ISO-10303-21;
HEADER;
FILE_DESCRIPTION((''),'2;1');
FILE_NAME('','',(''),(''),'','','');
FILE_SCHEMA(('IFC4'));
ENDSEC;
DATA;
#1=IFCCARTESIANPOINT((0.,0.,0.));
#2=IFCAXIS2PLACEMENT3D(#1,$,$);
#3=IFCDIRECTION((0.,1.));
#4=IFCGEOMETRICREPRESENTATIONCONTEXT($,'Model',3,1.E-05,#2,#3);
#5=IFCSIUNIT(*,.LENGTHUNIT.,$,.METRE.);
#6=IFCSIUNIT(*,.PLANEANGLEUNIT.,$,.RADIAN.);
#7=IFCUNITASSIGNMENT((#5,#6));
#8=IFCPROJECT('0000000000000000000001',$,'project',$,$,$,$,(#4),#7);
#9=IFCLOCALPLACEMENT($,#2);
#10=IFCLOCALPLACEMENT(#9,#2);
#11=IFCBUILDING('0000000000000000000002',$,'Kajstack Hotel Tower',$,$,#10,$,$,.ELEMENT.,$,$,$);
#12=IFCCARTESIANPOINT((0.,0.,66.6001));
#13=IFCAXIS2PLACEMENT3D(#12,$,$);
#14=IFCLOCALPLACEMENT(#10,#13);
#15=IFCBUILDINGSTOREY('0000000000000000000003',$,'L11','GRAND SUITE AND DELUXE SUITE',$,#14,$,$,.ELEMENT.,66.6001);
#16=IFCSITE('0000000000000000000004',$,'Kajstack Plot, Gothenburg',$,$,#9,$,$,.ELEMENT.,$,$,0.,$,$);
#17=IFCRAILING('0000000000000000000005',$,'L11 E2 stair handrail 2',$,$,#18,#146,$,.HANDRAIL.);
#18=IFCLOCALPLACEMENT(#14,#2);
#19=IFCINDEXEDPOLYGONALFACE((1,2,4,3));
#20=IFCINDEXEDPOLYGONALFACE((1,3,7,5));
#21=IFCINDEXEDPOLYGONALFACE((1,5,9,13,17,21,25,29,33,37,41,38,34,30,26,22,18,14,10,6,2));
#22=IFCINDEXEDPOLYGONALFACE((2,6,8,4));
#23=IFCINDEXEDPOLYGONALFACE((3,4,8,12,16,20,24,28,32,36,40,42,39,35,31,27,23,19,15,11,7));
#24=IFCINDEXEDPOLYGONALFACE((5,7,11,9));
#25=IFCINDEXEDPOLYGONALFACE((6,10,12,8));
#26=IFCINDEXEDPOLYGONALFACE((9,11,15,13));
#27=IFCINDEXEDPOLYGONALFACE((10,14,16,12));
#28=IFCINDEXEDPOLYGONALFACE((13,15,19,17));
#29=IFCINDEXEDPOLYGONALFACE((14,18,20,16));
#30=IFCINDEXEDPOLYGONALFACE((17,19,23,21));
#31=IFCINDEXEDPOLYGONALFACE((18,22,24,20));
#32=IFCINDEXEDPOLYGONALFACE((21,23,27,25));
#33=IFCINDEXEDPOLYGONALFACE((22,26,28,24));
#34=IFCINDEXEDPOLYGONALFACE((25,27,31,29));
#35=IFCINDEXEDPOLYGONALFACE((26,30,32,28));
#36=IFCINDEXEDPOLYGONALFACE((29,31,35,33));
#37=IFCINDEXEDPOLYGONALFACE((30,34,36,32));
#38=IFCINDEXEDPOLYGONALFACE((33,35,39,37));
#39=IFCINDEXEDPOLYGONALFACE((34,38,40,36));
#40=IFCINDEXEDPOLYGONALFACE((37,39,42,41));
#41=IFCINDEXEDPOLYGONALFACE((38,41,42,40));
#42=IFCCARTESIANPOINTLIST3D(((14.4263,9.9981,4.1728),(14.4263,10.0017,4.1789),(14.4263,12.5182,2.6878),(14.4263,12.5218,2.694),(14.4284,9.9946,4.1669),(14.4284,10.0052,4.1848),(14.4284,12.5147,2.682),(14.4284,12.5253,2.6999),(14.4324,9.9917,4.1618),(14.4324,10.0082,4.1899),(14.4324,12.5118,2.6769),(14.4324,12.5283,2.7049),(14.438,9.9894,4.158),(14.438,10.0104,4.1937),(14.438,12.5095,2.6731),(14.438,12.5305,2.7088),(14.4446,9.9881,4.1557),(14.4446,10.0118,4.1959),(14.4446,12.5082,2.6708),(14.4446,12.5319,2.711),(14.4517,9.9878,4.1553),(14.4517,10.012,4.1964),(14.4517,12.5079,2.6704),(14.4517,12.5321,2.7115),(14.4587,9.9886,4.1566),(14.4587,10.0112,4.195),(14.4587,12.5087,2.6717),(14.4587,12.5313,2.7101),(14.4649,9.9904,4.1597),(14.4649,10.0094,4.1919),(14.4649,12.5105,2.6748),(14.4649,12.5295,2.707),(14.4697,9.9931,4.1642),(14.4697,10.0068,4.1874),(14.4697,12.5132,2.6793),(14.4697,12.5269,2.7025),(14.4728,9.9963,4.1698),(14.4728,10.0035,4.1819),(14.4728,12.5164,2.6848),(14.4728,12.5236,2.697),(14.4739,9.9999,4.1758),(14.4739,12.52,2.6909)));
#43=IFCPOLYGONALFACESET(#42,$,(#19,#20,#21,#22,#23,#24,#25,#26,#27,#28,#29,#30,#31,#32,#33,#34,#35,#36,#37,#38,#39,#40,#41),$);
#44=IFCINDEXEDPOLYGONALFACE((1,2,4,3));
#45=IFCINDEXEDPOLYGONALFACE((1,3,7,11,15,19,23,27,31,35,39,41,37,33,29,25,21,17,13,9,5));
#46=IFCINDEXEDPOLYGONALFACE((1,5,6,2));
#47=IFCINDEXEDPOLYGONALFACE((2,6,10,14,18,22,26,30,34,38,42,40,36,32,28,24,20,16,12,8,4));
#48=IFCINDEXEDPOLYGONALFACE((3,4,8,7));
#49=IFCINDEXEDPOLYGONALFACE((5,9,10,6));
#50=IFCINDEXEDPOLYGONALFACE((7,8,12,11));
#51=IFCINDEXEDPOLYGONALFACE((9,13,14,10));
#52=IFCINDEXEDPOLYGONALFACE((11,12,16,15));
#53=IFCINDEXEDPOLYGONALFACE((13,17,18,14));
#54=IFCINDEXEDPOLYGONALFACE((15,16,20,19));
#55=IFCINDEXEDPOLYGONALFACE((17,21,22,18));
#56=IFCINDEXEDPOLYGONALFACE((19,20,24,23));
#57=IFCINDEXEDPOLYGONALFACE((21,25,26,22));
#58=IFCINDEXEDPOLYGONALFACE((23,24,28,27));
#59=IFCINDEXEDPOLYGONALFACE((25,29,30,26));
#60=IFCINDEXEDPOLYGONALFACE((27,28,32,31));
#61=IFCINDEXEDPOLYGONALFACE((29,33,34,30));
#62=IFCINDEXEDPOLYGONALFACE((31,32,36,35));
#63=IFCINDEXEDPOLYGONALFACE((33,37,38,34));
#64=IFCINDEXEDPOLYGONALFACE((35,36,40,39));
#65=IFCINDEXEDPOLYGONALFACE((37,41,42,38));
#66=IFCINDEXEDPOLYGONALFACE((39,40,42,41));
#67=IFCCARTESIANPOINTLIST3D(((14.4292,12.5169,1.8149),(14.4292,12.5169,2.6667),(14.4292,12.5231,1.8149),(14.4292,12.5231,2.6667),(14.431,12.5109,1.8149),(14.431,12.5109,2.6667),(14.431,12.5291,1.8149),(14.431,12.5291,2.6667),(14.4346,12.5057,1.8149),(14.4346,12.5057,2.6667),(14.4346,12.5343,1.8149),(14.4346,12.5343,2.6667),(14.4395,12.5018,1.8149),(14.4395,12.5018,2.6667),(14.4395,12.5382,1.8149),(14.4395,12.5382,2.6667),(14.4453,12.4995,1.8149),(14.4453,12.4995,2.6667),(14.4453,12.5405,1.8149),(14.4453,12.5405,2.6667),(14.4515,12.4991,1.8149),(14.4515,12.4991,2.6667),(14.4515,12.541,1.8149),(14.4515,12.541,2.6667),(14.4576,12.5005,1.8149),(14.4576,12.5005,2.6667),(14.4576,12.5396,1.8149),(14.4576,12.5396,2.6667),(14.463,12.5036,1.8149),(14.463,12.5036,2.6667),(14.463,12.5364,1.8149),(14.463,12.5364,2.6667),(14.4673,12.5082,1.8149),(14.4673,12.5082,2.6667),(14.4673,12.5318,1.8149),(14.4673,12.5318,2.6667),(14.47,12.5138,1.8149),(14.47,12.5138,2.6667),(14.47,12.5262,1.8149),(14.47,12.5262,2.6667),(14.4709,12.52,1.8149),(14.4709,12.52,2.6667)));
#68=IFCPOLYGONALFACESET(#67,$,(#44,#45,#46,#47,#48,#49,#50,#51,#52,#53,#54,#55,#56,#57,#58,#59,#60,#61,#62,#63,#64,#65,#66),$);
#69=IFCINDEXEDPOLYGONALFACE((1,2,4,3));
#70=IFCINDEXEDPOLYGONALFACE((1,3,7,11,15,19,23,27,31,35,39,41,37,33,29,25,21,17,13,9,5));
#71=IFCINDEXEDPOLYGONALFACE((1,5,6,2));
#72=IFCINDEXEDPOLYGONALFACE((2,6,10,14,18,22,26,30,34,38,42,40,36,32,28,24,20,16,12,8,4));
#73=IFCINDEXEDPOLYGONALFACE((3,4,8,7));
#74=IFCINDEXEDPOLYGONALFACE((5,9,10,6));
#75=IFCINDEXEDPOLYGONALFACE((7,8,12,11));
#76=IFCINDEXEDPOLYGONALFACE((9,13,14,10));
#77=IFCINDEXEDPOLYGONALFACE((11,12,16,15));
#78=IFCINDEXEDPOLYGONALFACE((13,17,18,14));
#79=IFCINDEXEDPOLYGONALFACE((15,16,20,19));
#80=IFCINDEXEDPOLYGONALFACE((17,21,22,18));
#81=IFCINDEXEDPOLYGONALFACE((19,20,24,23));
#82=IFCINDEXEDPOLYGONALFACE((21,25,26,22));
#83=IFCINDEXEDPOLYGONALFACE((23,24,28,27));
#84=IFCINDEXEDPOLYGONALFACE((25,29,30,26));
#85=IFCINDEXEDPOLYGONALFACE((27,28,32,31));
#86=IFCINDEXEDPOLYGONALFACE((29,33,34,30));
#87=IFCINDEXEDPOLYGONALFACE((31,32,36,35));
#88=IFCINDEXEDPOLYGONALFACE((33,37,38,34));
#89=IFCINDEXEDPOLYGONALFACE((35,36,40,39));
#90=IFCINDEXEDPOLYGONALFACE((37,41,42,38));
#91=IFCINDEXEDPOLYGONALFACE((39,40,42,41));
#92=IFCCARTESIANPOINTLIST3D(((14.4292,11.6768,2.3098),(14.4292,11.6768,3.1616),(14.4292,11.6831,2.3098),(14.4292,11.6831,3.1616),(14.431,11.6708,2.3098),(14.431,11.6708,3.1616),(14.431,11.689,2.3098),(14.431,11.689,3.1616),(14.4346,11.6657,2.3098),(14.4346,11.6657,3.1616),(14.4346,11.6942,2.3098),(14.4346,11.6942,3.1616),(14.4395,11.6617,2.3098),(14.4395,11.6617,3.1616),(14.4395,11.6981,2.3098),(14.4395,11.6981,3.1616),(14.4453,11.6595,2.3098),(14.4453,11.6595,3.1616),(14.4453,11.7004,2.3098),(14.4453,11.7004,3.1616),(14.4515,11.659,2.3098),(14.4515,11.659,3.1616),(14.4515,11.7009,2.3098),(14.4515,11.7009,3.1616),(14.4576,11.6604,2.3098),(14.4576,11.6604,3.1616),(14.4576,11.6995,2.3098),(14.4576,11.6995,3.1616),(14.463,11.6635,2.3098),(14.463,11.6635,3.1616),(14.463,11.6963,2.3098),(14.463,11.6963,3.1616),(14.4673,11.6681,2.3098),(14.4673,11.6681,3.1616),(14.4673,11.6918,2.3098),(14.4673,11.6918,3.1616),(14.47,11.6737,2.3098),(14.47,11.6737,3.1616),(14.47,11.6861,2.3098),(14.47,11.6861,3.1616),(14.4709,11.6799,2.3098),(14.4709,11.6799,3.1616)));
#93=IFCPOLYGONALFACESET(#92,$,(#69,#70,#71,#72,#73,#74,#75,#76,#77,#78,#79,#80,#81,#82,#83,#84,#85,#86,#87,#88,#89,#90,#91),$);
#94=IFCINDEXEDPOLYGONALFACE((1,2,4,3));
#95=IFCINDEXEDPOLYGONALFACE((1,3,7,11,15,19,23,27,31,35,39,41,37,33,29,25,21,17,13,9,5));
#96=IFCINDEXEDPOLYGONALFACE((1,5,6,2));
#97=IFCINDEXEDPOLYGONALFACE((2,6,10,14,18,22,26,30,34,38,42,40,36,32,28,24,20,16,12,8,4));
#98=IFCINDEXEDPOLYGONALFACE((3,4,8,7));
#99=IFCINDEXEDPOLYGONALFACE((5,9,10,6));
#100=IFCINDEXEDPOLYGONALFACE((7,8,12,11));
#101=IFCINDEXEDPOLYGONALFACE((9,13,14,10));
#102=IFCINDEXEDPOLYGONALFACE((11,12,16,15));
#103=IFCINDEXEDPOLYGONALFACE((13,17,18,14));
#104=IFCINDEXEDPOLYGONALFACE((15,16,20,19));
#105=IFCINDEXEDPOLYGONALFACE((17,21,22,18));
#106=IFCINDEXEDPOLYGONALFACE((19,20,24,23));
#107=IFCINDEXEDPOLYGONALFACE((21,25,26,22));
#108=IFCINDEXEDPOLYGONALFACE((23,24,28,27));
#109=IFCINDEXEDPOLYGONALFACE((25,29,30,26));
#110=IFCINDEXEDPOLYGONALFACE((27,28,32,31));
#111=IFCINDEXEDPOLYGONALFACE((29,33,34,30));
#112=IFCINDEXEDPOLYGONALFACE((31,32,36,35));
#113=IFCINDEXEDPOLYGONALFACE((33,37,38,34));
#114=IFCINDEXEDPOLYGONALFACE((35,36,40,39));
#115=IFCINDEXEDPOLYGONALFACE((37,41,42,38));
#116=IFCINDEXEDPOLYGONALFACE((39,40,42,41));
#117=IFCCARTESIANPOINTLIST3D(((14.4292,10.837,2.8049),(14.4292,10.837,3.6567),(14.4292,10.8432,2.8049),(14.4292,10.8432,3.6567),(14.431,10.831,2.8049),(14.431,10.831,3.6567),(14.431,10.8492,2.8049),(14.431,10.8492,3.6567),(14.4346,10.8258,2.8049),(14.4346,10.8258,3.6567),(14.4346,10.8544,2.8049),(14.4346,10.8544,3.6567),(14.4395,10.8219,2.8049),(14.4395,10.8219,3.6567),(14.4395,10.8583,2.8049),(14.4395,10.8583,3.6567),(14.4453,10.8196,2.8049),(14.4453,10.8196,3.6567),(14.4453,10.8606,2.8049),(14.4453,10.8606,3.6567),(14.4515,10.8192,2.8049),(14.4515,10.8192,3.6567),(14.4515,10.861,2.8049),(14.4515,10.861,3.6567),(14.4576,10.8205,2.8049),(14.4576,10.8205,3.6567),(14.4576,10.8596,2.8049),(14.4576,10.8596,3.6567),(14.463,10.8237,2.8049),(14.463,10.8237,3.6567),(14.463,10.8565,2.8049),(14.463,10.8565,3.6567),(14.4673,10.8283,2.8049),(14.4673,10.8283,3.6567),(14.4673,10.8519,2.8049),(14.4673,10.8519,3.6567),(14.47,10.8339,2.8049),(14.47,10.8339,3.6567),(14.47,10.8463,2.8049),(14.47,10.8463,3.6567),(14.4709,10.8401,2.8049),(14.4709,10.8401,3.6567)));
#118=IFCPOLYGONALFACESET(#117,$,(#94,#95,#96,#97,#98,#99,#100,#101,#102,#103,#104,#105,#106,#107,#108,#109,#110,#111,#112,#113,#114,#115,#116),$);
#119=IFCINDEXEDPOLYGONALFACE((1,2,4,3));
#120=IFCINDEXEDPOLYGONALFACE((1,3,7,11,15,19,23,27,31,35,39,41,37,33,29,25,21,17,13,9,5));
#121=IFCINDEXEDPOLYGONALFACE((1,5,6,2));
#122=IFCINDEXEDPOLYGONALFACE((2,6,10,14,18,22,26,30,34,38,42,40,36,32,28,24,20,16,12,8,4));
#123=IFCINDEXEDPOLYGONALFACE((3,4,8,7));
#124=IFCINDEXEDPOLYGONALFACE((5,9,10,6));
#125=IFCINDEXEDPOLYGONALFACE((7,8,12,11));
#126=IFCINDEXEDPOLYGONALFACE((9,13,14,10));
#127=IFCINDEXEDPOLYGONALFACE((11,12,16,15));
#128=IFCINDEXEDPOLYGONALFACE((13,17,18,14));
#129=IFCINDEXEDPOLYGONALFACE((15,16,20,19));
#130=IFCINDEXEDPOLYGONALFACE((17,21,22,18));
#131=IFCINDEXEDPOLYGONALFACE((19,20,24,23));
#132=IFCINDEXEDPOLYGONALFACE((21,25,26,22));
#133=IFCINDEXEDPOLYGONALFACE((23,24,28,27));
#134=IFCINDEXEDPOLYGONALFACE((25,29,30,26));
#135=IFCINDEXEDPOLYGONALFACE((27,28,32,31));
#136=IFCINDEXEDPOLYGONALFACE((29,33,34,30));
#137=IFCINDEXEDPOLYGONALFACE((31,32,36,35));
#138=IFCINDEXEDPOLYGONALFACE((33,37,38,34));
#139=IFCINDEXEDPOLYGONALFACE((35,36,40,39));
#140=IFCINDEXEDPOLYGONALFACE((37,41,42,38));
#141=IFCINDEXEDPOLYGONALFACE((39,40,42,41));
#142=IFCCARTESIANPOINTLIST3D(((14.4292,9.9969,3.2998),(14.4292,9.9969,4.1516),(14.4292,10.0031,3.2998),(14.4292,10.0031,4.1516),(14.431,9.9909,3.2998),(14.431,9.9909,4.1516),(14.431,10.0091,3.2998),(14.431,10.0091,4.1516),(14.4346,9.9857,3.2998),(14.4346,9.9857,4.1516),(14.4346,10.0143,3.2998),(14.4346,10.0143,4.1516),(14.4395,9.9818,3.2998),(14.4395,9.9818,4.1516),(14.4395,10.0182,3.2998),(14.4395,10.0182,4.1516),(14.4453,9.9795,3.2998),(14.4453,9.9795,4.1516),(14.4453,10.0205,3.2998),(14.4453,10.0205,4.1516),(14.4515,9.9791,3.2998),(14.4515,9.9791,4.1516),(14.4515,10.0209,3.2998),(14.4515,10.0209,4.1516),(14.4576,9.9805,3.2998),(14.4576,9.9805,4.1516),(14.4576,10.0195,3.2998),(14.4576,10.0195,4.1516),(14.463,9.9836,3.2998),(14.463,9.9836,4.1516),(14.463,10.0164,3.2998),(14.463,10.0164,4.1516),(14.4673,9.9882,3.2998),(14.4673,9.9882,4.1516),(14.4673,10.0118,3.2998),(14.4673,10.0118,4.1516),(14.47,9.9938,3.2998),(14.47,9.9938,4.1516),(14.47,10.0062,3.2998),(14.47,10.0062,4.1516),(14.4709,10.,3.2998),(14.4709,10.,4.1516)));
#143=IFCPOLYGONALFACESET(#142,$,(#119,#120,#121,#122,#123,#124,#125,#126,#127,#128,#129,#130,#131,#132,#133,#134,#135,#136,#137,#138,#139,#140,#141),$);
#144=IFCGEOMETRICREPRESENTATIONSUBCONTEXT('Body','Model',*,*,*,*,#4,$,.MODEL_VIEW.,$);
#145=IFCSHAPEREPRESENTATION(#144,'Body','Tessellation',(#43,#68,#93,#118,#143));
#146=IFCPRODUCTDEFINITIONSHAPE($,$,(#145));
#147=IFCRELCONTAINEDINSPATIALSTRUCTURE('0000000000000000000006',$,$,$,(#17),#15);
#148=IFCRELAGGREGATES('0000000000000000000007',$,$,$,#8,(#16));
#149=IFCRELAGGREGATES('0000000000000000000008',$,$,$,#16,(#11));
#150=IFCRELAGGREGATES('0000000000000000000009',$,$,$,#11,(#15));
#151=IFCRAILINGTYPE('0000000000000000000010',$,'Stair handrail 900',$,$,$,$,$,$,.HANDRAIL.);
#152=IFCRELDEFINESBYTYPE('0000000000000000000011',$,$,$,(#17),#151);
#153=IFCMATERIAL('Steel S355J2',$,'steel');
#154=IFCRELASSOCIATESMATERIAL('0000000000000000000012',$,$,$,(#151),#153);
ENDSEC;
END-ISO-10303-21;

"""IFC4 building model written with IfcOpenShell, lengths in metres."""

from ifc_helpers import new_model, si_unit, direction, frame, origin, origin_2d, place, context, subcontext, project, spatial, circle, extrude, material, type_object, element, save


model = new_model("IFC4")

# Units and contexts
model_context = context("Model", 3, precision=1e-05, world=origin(), true_north=direction((0.0, 1.0)))
body_context = subcontext(model_context, "Body", "Model", "MODEL_VIEW")
ifc_project = project(units=[si_unit("LENGTHUNIT", "METRE"), si_unit("PLANEANGLEUNIT", "RADIAN")], contexts=[model_context])

# Site, building, storey
site_placement = place(None, origin())
site = spatial("IfcSite", under=ifc_project, at=site_placement, Name="Kajstack Plot, Gothenburg", CompositionType="ELEMENT", RefElevation=0.0)
building_placement = place(site_placement, origin())
building = spatial("IfcBuilding", under=site, at=building_placement, Name="Kajstack Hotel Tower", CompositionType="ELEMENT")
storey_placement = place(building_placement, frame((0.0, 0.0, 66.6001)))
storey = spatial("IfcBuildingStorey", under=building, at=storey_placement, Name="L11", Description="GRAND SUITE AND DELUXE SUITE", CompositionType="ELEMENT", Elevation=66.6001)

# Railing
ifc_material_1 = material(Name="Steel S355J2", Category="steel")
railing_type = type_object("IfcRailingType", Name="Stair handrail 900", PredefinedType="HANDRAIL", material=ifc_material_1)
railing_placement = place(storey_placement, frame((14.45, 12.52, 1.8149)))
element("IfcRailing", 1, at=railing_placement, inside=storey, type_object=railing_type, Name="L11 E2 stair handrail 2", PredefinedType="HANDRAIL", context=body_context, shape_type="SweptSolid", body=[
    extrude(circle(Radius=0.0239, at=origin_2d()), frame((0.0, 0.0, 0.876), z_axis=(0.0, -0.861561, 0.507655), x_axis=(1.0, 0.0, 0.0)), (0.0, 0.0, 1.0), 2.925),
    extrude(circle(Radius=0.021, at=origin_2d()), origin(), (0.0, 0.0, 1.0), 0.8518),
    extrude(circle(Radius=0.021, at=origin_2d()), frame((0.0, -0.8401, 0.4949)), (0.0, 0.0, 1.0), 0.8518),
    extrude(circle(Radius=0.021, at=origin_2d()), frame((0.0, -1.6799, 0.99)), (0.0, 0.0, 1.0), 0.8518),
    extrude(circle(Radius=0.021, at=origin_2d()), frame((0.0, -2.52, 1.4849)), (0.0, 0.0, 1.0), 0.8518),
])

save(model, "model.ifc")
